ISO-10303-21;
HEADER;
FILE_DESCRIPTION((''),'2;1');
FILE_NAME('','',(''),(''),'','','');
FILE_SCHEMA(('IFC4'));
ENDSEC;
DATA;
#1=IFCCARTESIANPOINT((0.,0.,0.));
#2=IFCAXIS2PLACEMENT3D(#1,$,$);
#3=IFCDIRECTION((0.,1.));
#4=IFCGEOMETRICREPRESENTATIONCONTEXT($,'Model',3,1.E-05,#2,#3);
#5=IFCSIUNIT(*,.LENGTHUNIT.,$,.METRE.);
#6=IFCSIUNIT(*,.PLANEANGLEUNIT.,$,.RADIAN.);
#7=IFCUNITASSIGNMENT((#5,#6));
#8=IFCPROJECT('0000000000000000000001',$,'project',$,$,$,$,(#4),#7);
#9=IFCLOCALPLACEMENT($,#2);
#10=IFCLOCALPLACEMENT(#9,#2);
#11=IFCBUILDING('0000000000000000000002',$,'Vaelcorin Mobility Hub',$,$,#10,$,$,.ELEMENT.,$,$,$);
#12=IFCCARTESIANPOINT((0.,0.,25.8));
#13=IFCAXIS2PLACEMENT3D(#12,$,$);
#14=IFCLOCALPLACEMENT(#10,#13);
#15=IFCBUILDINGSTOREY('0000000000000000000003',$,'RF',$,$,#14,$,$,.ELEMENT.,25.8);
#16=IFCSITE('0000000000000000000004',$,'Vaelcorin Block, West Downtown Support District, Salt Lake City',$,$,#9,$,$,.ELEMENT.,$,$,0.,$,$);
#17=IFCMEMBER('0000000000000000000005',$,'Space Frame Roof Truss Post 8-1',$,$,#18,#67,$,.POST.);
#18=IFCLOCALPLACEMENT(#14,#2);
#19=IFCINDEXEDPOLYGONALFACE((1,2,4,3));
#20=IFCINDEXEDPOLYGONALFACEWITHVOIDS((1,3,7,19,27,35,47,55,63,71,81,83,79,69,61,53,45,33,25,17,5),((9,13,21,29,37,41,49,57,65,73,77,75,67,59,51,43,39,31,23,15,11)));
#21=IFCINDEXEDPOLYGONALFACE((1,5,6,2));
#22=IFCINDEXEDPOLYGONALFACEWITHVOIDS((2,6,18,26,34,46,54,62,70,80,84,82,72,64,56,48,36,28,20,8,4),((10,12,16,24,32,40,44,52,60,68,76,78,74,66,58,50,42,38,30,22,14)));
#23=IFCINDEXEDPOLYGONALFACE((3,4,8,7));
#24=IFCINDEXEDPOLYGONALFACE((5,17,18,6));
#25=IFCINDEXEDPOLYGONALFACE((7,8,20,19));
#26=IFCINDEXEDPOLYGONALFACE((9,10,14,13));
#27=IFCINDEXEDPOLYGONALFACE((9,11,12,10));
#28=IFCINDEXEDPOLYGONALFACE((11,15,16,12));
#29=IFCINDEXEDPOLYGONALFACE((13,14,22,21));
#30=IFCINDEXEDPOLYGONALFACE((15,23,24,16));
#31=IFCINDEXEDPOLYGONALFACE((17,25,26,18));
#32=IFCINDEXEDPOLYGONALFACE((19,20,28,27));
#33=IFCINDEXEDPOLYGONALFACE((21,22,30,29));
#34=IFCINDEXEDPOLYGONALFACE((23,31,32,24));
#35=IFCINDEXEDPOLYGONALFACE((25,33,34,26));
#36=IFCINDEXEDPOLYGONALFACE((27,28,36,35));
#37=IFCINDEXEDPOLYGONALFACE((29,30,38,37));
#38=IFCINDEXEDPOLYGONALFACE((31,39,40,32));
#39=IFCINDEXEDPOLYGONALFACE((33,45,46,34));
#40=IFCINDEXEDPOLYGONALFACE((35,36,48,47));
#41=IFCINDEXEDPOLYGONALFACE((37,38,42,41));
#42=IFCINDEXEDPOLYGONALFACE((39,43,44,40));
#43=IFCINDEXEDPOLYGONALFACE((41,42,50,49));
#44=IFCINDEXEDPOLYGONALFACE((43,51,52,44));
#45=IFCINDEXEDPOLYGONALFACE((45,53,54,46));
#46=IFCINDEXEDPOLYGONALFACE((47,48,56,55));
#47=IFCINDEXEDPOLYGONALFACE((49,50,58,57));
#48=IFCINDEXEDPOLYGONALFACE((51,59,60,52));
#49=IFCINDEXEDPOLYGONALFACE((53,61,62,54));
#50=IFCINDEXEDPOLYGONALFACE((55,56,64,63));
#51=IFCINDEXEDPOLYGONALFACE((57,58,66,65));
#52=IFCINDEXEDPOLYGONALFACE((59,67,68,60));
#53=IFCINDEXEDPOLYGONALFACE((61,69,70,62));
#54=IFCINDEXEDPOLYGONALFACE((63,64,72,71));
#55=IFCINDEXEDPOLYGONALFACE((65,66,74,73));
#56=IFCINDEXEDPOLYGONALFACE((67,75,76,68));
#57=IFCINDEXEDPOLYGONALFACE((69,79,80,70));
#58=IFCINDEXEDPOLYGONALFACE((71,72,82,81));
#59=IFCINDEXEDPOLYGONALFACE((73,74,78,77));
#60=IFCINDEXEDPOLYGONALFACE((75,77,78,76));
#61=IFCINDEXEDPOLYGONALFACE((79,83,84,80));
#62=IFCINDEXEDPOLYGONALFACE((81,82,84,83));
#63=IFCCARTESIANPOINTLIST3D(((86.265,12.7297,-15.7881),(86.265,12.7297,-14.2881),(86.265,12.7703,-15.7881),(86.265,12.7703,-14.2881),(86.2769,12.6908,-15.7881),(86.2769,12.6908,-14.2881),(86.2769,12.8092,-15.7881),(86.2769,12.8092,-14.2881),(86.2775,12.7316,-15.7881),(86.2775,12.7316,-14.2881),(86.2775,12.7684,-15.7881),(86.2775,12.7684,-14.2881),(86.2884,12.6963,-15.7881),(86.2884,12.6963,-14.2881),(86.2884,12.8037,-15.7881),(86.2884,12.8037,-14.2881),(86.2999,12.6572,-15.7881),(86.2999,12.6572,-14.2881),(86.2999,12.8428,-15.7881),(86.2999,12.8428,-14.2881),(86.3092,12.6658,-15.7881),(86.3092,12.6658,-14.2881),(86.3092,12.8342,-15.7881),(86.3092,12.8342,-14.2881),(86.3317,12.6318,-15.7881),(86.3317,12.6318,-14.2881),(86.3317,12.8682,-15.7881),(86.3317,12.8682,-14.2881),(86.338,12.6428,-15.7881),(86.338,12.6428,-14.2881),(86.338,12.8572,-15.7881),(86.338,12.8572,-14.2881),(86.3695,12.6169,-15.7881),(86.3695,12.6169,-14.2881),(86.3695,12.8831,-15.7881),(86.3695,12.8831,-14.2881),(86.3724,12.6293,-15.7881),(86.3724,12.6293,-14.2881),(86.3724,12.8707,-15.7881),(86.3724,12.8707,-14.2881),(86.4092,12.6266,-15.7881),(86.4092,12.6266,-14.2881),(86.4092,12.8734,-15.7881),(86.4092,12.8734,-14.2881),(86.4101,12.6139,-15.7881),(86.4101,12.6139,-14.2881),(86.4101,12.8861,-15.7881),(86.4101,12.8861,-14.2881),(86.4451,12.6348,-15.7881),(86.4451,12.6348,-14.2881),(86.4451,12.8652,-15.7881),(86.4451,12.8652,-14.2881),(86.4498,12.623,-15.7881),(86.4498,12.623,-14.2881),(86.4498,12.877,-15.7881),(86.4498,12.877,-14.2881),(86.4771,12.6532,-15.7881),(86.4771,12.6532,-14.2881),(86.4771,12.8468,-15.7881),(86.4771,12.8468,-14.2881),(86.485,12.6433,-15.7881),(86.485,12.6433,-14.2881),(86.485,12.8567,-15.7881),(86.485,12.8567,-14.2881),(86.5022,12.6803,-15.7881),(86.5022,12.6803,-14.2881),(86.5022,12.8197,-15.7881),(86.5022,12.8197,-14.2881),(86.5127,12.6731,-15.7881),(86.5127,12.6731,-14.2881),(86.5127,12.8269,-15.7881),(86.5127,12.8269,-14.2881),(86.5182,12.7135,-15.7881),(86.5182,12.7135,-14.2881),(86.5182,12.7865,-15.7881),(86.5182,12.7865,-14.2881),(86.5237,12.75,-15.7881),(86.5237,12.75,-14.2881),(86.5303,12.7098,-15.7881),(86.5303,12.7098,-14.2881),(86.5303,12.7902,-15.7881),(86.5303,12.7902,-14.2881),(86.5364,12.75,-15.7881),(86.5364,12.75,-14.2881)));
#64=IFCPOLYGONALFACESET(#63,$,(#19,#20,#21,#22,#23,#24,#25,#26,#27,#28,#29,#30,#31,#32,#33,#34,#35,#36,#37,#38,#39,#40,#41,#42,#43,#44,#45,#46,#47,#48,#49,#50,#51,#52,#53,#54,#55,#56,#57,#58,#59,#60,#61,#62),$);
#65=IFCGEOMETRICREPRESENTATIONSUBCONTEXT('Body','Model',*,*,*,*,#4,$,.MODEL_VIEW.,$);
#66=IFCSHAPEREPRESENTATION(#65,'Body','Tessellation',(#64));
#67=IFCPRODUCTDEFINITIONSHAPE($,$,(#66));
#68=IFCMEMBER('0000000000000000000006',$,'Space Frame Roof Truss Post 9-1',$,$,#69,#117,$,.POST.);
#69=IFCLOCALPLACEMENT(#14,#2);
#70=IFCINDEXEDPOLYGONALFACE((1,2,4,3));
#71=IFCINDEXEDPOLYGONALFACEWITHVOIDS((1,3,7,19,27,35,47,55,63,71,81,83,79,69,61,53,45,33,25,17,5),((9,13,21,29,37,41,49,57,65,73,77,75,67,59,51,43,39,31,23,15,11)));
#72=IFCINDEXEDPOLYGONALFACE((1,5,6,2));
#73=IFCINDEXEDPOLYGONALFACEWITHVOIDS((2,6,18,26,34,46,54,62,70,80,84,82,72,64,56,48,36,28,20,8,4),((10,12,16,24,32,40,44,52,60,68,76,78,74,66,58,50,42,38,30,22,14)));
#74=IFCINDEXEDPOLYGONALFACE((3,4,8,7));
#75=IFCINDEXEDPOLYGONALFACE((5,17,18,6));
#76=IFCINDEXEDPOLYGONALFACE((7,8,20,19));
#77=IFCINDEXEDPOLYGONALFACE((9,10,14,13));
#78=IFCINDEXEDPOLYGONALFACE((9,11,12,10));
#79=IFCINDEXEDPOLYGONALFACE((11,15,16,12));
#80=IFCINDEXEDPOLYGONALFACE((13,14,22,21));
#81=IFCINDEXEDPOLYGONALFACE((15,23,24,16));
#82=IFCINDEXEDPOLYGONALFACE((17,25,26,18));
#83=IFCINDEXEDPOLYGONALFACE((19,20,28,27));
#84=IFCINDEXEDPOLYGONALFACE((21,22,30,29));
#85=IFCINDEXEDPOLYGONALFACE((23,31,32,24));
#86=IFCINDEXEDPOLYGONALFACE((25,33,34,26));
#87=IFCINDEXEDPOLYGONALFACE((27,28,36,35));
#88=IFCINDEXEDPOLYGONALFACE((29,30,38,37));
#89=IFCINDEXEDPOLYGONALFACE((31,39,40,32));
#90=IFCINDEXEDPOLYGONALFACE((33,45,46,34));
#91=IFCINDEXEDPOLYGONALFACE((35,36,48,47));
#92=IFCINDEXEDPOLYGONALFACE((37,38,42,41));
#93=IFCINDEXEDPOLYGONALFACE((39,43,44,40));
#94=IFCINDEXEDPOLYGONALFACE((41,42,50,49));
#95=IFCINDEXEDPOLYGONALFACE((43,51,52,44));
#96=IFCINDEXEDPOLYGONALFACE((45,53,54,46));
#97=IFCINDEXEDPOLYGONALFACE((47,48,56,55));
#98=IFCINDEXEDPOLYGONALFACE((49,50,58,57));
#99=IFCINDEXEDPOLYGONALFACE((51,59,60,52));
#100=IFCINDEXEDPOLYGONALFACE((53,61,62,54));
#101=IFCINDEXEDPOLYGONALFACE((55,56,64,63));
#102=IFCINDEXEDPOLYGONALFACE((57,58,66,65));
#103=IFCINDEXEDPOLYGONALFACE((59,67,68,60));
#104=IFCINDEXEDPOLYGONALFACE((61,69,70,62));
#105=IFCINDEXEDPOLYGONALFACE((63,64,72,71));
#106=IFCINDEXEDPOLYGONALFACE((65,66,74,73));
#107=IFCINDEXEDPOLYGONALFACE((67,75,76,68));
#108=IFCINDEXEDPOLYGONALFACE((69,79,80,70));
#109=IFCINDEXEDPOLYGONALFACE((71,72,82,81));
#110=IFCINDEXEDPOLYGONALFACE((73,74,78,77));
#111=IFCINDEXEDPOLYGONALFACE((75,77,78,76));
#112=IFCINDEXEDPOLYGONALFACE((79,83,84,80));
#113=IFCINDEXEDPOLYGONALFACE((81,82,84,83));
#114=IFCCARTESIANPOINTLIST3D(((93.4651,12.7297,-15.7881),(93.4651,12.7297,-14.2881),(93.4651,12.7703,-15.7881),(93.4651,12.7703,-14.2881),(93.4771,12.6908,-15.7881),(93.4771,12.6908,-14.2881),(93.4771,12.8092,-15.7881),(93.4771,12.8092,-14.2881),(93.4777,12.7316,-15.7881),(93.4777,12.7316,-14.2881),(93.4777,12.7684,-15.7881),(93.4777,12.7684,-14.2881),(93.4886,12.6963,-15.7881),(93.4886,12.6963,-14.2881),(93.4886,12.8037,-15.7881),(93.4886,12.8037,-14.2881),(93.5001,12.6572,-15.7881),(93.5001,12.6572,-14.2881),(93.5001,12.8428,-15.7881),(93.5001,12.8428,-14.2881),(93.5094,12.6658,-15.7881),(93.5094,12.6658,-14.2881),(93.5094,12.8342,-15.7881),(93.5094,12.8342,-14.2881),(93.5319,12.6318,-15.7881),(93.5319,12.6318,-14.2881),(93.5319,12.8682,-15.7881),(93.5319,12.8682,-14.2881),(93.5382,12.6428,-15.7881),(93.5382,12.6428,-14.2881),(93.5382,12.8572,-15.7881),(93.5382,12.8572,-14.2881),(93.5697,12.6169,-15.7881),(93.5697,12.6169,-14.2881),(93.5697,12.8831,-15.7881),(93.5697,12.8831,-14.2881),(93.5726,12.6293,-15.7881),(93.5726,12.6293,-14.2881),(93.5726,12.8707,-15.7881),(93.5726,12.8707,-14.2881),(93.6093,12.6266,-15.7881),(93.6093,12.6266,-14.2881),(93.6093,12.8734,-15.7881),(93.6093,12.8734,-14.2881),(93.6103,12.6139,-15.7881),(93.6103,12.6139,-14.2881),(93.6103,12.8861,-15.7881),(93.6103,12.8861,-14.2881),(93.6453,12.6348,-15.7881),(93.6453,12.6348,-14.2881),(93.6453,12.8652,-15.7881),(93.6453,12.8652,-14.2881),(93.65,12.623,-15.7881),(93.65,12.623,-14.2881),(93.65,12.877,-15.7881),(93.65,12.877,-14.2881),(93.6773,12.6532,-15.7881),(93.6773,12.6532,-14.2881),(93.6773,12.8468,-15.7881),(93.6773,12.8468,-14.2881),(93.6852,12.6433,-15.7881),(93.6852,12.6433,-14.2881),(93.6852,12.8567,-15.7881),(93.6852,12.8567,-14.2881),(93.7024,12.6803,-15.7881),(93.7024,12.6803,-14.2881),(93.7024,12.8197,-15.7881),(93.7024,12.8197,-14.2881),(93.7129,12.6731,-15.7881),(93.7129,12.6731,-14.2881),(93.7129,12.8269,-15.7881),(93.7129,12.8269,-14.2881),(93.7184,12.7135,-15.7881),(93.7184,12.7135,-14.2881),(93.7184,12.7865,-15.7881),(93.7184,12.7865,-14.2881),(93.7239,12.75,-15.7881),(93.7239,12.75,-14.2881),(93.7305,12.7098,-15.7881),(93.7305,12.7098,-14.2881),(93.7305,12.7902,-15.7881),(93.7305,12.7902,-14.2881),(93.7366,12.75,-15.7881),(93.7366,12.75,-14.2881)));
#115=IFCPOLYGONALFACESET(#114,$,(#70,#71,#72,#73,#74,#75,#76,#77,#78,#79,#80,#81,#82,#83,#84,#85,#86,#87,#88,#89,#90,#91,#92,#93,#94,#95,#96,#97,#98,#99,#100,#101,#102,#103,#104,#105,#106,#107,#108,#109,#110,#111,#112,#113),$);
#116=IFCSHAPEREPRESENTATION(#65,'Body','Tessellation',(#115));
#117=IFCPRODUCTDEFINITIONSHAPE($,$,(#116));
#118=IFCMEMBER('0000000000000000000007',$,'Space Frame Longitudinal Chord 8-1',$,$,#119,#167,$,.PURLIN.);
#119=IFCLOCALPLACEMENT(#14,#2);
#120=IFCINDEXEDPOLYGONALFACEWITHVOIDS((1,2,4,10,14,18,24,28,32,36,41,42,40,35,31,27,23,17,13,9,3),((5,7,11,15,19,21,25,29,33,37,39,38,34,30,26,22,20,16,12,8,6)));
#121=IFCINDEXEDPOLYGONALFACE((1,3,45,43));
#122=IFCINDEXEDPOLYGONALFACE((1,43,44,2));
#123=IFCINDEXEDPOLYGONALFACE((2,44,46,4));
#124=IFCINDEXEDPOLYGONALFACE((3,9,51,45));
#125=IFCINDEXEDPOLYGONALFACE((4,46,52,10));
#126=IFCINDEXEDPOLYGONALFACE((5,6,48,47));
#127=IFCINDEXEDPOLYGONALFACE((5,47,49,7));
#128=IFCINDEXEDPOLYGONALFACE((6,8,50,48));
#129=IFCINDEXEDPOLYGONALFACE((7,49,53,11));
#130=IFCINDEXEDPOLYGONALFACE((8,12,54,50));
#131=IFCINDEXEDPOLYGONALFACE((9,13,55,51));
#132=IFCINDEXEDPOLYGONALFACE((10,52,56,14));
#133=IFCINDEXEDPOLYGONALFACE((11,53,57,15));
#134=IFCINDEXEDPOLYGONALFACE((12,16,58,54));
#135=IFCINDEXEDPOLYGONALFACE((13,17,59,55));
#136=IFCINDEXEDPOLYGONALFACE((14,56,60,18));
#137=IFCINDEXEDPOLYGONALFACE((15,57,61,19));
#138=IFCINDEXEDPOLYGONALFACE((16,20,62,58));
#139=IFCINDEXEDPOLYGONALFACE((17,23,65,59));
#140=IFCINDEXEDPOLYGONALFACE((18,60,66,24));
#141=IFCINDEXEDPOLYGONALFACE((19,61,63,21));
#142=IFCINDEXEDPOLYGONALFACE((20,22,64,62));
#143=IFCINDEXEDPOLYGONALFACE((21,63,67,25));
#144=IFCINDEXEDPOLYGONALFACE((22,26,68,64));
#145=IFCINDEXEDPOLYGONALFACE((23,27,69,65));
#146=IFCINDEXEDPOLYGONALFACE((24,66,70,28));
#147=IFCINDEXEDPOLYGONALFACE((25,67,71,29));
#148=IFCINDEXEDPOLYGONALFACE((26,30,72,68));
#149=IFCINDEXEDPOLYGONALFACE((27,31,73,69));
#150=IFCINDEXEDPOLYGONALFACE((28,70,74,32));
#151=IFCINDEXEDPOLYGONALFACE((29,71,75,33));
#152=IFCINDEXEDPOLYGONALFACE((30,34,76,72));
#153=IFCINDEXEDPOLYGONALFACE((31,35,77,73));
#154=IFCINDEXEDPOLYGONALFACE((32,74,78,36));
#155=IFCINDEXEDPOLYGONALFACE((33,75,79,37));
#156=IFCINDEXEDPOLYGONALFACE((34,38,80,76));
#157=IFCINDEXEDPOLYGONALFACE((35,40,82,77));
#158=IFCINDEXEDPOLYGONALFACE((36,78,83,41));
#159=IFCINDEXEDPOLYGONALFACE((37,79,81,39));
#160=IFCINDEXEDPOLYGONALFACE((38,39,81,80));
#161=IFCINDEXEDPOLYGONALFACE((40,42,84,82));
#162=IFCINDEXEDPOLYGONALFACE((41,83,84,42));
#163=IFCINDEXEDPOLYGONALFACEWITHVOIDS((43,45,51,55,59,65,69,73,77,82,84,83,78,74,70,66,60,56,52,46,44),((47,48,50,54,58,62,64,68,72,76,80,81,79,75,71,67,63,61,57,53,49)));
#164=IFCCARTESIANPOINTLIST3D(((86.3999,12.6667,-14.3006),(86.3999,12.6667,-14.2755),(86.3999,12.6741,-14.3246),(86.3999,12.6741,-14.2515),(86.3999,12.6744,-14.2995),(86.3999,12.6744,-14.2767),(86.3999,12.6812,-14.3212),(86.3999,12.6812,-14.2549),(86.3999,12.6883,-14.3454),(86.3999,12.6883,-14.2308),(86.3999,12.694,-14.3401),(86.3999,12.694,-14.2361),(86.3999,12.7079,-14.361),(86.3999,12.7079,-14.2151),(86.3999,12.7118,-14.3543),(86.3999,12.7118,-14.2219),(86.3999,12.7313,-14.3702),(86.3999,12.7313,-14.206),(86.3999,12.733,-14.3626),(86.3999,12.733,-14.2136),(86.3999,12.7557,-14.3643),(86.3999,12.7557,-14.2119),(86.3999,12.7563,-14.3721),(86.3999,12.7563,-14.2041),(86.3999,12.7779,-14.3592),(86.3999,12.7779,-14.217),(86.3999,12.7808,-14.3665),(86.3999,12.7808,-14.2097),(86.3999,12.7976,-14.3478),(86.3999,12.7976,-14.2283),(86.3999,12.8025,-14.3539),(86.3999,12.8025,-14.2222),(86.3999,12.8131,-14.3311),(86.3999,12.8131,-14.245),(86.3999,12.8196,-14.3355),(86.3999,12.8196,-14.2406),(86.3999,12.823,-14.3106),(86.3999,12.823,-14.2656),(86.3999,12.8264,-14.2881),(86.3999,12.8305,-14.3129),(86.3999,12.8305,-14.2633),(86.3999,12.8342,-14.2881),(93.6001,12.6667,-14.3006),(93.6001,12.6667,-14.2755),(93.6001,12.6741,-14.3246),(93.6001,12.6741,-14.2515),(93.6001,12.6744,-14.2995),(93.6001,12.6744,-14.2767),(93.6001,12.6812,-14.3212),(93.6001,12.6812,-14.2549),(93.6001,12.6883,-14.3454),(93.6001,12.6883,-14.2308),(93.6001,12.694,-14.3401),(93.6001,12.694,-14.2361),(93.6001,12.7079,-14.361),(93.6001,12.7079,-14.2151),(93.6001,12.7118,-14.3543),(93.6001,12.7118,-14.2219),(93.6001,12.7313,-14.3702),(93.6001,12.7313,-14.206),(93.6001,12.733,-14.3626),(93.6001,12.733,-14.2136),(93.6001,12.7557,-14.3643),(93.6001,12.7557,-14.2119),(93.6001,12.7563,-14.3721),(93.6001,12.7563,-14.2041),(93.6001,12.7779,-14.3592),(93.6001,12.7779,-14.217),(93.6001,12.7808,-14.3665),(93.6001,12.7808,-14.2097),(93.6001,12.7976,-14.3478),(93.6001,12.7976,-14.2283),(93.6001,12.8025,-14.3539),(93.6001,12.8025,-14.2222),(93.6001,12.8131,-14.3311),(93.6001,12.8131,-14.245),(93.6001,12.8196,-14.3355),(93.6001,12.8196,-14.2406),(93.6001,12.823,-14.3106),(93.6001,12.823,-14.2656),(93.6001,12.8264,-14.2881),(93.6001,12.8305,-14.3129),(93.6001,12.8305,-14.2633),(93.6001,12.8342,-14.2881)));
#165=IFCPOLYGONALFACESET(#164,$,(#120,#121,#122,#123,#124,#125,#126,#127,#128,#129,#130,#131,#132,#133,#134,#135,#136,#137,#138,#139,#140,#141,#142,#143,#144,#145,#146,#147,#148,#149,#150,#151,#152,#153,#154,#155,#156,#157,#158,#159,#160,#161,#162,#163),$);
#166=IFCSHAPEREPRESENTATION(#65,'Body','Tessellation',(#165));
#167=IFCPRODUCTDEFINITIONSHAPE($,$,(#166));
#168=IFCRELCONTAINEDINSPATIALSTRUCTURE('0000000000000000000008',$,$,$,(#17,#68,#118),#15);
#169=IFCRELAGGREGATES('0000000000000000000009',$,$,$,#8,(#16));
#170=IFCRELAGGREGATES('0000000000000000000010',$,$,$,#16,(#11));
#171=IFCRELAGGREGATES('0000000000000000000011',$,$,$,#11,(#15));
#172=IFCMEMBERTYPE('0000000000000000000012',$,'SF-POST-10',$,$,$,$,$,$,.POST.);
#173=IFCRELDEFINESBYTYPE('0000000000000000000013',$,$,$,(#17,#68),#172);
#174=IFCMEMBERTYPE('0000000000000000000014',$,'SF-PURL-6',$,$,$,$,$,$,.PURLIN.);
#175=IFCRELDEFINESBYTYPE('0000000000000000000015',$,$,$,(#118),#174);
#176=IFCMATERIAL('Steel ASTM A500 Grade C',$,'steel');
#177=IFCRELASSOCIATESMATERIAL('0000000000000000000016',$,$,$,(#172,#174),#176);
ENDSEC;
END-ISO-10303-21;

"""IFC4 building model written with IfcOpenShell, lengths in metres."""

from ifc_helpers import new_model, si_unit, direction, frame, origin, origin_2d, place, context, subcontext, project, spatial, hollow_circle, extrude, material, material_profile, profile_set, type_object, element, save


model = new_model("IFC4")

# Units and contexts
model_context = context("Model", 3, precision=1e-05, world=origin(), true_north=direction((0.0, 1.0)))
body_context = subcontext(model_context, "Body", "Model", "MODEL_VIEW")
ifc_project = project(units=[si_unit("LENGTHUNIT", "METRE"), si_unit("PLANEANGLEUNIT", "RADIAN")], contexts=[model_context])

# Site, building, storey
site_placement = place(None, origin())
site = spatial("IfcSite", under=ifc_project, at=site_placement, Name="Vaelcorin Block, West Downtown Support District, Salt Lake City", CompositionType="ELEMENT", RefElevation=0.0)
building_placement = place(site_placement, origin())
building = spatial("IfcBuilding", under=site, at=building_placement, Name="Vaelcorin Mobility Hub", CompositionType="ELEMENT")
storey_placement = place(building_placement, frame((0.0, 0.0, 25.8)))
storey = spatial("IfcBuildingStorey", under=building, at=storey_placement, Name="RF", CompositionType="ELEMENT", Elevation=25.8)

# Members
ifc_material_1 = material(Name="Steel ASTM A500 Grade C", Category="steel")
ifc_material_profile_1 = material_profile(ifc_material_1, hollow_circle(Radius=0.1365, WallThickness=0.0127, at=origin_2d()), Name="HSS10.750X0.500")
ifc_profile_set_1 = profile_set([ifc_material_profile_1], Name="Steel ASTM A500 Grade C")
member_type_1 = type_object("IfcMemberType", Name="SF-POST-10", PredefinedType="POST", material=ifc_profile_set_1)
for number, where, z_axis, x_axis, name in (
    (1, (86.3999, 12.75, -15.7881), (0.0, 0.0, 1.0), (1.0, 0.0, 0.0), "Space Frame Roof Truss Post 8-1"),
    (2, (93.6001, 12.75, -15.7881), (0.0, 0.0, 1.0), (1.0, 0.0, 0.0), "Space Frame Roof Truss Post 9-1"),
):
    element("IfcMember", number, at=place(storey_placement, frame(where, z_axis=z_axis, x_axis=x_axis)), inside=storey, type_object=member_type_1, Name=name, PredefinedType="POST", context=body_context, shape_type="SweptSolid", body=[
        extrude(hollow_circle(Radius=0.1365, WallThickness=0.0127, at=origin_2d()), origin(), (0.0, 0.0, 1.0), 1.5),
    ])
ifc_material_profile_2 = material_profile(ifc_material_1, hollow_circle(Radius=0.0842, WallThickness=0.0078, at=origin_2d()), Name="HSS6.625X0.312")
ifc_profile_set_2 = profile_set([ifc_material_profile_2], Name="Steel ASTM A500 Grade C")
member_type_2 = type_object("IfcMemberType", Name="SF-PURL-6", PredefinedType="PURLIN", material=ifc_profile_set_2)
member_1_placement = place(storey_placement, frame((86.3999, 12.75, -14.2881), z_axis=(1.0, 0.0, 0.0), x_axis=(0.0, 1.0, 0.0)))
element("IfcMember", 3, at=member_1_placement, inside=storey, type_object=member_type_2, Name="Space Frame Longitudinal Chord 8-1", PredefinedType="PURLIN", context=body_context, shape_type="SweptSolid", body=[
    extrude(hollow_circle(Radius=0.0842, WallThickness=0.0078, at=origin_2d()), origin(), (0.0, 0.0, 1.0), 7.2002),
])

save(model, "model.ifc")
